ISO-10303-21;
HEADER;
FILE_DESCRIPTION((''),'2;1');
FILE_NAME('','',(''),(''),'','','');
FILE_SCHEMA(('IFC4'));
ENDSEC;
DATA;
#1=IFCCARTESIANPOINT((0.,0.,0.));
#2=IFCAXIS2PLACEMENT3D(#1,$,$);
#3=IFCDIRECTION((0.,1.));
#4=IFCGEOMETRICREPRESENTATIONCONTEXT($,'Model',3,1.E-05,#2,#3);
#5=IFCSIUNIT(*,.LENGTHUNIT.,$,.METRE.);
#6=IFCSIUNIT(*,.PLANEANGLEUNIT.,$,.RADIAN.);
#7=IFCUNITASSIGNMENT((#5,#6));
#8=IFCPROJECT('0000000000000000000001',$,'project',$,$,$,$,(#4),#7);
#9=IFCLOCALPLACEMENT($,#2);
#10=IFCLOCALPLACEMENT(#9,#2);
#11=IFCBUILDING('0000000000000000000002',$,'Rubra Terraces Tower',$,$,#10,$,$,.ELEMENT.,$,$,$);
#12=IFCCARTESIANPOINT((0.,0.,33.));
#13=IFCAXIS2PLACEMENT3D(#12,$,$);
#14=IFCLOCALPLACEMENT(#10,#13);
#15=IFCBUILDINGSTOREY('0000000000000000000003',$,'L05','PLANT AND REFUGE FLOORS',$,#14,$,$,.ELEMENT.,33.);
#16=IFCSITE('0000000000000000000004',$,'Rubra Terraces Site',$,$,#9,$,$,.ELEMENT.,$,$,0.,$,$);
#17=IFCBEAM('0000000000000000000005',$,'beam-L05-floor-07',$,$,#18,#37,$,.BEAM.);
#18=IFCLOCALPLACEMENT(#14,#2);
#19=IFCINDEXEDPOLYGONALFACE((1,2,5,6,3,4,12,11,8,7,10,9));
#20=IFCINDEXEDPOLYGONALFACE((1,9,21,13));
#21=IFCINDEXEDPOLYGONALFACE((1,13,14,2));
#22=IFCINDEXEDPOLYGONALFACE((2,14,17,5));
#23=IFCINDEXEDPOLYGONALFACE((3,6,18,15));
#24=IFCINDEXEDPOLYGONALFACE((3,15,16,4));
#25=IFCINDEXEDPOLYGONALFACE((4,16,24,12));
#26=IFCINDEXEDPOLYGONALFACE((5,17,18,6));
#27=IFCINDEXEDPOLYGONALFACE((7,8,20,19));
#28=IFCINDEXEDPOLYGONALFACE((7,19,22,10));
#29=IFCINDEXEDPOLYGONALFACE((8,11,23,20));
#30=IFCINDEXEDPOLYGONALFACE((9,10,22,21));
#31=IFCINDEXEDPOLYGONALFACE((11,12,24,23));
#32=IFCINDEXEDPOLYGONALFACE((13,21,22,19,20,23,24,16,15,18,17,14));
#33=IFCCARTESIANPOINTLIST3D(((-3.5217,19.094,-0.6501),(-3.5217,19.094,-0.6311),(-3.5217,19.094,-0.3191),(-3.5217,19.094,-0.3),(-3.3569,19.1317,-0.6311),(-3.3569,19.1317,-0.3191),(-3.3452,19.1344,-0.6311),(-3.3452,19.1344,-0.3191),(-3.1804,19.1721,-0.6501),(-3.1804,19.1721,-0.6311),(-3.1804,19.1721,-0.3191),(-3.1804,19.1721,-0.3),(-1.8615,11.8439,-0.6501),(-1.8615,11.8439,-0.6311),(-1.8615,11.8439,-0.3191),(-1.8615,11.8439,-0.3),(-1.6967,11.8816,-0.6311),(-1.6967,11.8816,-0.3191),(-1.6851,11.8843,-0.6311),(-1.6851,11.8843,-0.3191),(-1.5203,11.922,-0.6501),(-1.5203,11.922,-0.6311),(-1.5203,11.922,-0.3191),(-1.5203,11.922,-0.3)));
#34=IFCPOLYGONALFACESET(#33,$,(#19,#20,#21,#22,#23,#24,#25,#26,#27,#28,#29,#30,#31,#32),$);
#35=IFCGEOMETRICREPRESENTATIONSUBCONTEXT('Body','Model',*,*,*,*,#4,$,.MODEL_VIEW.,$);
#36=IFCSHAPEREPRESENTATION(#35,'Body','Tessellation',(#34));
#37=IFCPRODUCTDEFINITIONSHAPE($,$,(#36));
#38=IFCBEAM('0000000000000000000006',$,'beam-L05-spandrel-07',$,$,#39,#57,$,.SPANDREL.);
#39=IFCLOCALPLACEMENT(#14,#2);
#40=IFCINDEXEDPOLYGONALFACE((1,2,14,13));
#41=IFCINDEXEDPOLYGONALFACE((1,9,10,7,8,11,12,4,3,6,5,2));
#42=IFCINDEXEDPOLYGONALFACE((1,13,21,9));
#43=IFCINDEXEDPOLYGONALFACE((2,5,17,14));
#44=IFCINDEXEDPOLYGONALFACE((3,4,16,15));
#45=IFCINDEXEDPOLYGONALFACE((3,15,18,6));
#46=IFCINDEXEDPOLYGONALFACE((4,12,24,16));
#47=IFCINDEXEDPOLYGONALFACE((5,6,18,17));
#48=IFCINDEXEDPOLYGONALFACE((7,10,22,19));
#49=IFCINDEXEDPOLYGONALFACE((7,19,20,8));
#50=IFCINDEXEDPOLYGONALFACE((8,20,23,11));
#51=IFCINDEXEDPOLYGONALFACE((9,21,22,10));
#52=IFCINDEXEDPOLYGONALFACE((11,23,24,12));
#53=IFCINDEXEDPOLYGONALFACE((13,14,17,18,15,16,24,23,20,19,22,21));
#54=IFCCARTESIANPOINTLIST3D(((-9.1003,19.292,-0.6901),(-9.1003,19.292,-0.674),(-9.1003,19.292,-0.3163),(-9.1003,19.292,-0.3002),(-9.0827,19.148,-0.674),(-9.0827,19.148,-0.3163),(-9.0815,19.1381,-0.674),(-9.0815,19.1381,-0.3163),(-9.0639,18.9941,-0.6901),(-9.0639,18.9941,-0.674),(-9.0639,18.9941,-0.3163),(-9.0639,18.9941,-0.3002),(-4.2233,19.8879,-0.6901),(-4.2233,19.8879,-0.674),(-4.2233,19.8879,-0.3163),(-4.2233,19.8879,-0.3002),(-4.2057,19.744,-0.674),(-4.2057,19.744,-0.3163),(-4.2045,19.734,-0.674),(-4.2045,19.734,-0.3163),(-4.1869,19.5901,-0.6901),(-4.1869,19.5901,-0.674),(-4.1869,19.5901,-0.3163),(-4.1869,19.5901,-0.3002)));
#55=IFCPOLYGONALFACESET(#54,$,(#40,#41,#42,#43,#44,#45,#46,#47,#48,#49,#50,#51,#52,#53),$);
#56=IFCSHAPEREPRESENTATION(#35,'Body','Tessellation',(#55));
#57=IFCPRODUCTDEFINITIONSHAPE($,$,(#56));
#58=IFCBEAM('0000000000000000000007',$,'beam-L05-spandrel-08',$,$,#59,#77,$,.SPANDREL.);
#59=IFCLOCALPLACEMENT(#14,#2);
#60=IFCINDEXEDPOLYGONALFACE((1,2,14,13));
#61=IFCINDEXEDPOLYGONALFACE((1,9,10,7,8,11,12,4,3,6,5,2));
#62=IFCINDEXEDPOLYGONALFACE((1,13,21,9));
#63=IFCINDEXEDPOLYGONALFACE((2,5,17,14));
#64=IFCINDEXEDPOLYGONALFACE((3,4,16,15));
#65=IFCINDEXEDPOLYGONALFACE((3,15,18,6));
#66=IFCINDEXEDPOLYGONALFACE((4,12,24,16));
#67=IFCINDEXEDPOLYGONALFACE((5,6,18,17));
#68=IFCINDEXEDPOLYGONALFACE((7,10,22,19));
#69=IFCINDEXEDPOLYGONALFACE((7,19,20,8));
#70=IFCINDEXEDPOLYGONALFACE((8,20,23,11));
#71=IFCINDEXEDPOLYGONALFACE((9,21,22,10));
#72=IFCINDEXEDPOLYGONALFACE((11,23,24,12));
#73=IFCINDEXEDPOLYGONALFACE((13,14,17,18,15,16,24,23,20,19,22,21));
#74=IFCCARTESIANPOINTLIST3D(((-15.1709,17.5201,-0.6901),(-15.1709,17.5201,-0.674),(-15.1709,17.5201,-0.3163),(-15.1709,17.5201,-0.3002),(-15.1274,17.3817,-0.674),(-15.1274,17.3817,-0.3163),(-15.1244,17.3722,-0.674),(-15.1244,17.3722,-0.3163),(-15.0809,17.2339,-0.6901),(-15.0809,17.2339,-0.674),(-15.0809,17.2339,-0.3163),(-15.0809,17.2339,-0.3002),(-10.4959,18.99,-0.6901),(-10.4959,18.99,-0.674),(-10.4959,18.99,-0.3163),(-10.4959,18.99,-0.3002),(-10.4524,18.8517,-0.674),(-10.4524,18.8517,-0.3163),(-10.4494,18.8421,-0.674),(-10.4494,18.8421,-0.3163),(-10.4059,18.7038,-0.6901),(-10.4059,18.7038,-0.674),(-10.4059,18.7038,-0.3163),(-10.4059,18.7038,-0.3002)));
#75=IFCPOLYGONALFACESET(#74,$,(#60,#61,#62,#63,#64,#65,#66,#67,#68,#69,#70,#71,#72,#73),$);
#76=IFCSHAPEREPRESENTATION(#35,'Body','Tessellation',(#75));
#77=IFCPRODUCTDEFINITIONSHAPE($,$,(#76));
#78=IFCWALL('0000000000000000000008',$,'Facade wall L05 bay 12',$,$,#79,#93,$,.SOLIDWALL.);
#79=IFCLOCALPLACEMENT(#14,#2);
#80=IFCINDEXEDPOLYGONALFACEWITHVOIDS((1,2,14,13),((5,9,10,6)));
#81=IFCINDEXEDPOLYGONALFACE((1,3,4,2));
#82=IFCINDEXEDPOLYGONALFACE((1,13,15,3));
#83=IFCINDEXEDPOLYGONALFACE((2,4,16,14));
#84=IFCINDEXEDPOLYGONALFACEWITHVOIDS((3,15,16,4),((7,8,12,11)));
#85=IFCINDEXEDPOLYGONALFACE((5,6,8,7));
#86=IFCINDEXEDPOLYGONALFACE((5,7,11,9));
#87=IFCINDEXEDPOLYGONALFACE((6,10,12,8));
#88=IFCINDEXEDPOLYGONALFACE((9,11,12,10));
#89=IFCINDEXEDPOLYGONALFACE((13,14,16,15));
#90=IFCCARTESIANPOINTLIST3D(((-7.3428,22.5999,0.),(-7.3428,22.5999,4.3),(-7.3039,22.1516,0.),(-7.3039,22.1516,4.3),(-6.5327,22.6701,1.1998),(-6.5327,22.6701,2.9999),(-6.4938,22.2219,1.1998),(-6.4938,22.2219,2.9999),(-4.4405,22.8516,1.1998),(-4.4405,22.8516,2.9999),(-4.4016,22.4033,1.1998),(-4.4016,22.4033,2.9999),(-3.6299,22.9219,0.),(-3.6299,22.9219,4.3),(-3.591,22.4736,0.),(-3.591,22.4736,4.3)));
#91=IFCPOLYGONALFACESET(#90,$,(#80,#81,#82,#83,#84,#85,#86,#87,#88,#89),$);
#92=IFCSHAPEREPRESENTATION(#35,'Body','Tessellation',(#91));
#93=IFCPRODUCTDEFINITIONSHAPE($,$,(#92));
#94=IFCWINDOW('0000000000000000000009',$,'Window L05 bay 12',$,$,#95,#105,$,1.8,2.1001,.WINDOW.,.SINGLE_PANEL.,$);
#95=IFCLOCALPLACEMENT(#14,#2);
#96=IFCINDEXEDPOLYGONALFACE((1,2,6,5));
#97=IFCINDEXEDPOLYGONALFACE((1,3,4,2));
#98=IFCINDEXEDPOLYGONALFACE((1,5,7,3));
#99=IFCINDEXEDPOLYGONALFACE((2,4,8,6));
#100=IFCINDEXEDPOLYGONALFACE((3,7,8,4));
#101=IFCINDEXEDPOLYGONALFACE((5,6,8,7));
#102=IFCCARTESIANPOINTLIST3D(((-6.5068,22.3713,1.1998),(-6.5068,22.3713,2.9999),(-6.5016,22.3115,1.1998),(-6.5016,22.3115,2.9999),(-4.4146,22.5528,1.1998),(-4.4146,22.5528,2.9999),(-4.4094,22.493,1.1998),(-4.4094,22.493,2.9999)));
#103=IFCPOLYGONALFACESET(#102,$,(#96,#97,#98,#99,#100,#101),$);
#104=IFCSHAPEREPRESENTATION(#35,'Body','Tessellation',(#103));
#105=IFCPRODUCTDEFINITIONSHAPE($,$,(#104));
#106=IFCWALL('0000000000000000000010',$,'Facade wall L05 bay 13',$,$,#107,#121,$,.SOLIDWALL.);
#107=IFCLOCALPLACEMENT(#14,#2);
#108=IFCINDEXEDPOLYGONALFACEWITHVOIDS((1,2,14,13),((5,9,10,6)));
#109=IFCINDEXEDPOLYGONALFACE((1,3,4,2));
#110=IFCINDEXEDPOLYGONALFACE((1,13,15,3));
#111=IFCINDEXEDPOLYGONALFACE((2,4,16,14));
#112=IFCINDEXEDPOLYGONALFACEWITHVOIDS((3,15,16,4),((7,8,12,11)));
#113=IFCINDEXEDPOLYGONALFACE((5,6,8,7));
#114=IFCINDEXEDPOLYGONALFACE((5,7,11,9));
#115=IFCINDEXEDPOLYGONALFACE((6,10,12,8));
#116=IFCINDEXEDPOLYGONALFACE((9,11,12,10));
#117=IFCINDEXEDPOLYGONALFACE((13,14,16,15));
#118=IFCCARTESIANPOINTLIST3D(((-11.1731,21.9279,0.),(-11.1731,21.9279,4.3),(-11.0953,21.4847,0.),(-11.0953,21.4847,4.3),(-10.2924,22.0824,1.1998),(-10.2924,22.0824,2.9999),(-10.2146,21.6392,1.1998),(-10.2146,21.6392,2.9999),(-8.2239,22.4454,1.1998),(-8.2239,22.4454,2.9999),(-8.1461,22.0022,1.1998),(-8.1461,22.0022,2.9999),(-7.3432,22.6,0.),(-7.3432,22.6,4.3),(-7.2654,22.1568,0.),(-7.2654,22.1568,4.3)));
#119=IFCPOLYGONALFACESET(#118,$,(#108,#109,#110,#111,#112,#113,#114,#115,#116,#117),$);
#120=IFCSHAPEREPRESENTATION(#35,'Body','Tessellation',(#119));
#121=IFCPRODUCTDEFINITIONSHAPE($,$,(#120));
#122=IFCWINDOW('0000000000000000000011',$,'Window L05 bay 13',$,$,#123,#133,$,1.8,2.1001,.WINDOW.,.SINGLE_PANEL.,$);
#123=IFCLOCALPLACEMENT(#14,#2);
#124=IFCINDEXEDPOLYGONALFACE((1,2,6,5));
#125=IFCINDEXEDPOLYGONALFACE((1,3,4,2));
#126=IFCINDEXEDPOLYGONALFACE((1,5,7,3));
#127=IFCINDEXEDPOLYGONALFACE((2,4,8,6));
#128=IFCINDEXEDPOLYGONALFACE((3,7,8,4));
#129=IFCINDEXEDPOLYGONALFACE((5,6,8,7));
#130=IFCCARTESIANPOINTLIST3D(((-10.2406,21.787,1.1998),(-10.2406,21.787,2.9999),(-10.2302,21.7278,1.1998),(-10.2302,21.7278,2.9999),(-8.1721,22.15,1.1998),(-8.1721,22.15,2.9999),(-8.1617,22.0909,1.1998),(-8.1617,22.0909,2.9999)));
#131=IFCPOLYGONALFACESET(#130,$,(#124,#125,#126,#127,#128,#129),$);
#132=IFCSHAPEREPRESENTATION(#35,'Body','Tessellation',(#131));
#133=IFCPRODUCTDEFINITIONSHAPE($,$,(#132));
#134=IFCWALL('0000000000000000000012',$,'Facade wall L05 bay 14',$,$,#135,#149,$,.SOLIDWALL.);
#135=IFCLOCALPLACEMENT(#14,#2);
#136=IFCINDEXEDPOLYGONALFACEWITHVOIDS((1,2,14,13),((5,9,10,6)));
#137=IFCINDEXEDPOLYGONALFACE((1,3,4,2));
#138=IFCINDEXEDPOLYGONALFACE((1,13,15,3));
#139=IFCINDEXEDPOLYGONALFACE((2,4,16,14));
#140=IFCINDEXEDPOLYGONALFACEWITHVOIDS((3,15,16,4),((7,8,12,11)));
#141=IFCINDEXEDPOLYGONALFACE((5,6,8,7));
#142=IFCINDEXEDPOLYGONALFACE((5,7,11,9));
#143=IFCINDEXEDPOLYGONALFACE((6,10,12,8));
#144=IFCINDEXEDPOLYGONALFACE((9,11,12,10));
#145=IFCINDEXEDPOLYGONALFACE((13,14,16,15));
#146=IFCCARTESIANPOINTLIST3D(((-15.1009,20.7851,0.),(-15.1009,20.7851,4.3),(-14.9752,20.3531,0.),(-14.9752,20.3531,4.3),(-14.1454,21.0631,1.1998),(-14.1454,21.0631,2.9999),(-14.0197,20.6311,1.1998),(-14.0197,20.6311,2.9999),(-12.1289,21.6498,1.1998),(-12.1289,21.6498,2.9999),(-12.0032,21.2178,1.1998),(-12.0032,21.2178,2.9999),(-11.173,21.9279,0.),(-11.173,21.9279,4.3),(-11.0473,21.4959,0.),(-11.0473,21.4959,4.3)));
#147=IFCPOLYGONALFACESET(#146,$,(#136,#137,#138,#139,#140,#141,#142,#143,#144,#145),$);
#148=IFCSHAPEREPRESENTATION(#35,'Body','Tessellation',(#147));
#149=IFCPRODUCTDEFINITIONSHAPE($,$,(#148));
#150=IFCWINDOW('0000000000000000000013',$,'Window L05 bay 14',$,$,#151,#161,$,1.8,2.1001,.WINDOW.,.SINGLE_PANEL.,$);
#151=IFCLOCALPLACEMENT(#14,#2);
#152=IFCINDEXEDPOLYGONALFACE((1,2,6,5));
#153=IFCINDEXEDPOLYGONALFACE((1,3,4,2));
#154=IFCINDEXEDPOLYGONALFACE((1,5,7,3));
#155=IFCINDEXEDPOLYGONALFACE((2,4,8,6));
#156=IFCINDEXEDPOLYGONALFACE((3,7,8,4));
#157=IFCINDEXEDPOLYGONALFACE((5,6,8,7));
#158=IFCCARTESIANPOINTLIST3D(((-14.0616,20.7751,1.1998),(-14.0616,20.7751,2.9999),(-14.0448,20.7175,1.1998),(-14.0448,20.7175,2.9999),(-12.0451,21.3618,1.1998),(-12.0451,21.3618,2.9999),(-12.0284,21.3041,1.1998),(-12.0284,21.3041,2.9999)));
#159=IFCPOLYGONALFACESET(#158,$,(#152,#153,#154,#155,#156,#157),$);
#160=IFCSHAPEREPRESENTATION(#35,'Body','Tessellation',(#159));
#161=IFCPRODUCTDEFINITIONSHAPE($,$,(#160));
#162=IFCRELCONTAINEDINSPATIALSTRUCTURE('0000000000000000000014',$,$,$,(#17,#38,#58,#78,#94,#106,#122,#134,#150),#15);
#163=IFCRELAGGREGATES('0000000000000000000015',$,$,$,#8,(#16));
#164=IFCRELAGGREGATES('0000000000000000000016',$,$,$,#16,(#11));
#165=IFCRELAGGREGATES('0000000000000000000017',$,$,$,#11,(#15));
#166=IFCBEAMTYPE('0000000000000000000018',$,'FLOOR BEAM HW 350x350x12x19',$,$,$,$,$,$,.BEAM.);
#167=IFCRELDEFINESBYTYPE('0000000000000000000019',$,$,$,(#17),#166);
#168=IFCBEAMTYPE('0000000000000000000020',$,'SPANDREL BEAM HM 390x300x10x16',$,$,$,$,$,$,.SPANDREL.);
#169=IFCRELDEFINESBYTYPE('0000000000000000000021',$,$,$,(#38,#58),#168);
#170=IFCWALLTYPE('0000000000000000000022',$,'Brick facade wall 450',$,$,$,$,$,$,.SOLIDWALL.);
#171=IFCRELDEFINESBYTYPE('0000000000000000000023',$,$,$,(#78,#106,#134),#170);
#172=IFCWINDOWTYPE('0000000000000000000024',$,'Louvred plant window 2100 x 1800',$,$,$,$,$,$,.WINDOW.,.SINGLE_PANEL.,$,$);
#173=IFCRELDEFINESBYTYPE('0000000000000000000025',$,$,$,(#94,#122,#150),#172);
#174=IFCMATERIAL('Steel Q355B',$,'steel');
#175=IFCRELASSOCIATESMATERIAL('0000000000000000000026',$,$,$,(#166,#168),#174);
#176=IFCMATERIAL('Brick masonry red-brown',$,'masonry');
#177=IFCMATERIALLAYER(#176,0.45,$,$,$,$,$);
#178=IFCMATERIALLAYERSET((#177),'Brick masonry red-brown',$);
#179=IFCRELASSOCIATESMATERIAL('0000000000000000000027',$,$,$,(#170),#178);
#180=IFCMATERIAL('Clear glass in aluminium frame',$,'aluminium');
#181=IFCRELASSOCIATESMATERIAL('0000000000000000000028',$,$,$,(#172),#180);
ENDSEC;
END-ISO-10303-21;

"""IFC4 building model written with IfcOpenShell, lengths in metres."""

from ifc_helpers import new_model, si_unit, direction, frame, frame_2d, origin, origin_2d, place, context, subcontext, project, spatial, rectangle, i_section, extrude, material, layer, layer_set, material_profile, profile_set, type_object, element, fill, save


model = new_model("IFC4")

# Units and contexts
model_context = context("Model", 3, precision=1e-05, world=origin(), true_north=direction((0.0, 1.0)))
body_context = subcontext(model_context, "Body", "Model", "MODEL_VIEW")
ifc_project = project(units=[si_unit("LENGTHUNIT", "METRE"), si_unit("PLANEANGLEUNIT", "RADIAN")], contexts=[model_context])

# Site, building, storey
site_placement = place(None, origin())
site = spatial("IfcSite", under=ifc_project, at=site_placement, Name="Rubra Terraces Site", CompositionType="ELEMENT", RefElevation=0.0)
building_placement = place(site_placement, origin())
building = spatial("IfcBuilding", under=site, at=building_placement, Name="Rubra Terraces Tower", CompositionType="ELEMENT")
storey_placement = place(building_placement, frame((0.0, 0.0, 33.0)))
storey = spatial("IfcBuildingStorey", under=building, at=storey_placement, Name="L05", Description="PLANT AND REFUGE FLOORS", CompositionType="ELEMENT", Elevation=33.0)

# Shared definitions
ifc_material_1 = material(Name="Steel Q355B", Category="steel")

# Beams
ifc_material_profile_1 = material_profile(ifc_material_1, i_section(OverallWidth=0.3501, OverallDepth=0.3501, WebThickness=0.012, FlangeThickness=0.019, at=origin_2d()), Name="HW 350x350x12x19")
ifc_profile_set_1 = profile_set([ifc_material_profile_1], Name="Steel Q355B")
beam_type_1 = type_object("IfcBeamType", Name="FLOOR BEAM HW 350x350x12x19", PredefinedType="BEAM", material=ifc_profile_set_1)
beam_1_placement = place(storey_placement, frame((-3.3511, 19.1331, -0.4751), z_axis=(0.22321, -0.97477, 0.0), x_axis=(0.97477, 0.22321, 0.0)))
element("IfcBeam", 1, at=beam_1_placement, inside=storey, type_object=beam_type_1, Name="beam-L05-floor-07", PredefinedType="BEAM", context=body_context, shape_type="SweptSolid", body=[
    extrude(i_section(OverallWidth=0.3501, OverallDepth=0.3501, WebThickness=0.012, FlangeThickness=0.019, at=origin_2d()), origin(), (0.0, 0.0, 1.0), 7.4377),
])
ifc_material_profile_2 = material_profile(ifc_material_1, i_section(OverallWidth=0.3, OverallDepth=0.3899, WebThickness=0.01, FlangeThickness=0.0161, at=origin_2d()), Name="HM 390x300x10x16")
ifc_profile_set_2 = profile_set([ifc_material_profile_2], Name="Steel Q355B")
beam_type_2 = type_object("IfcBeamType", Name="SPANDREL BEAM HM 390x300x10x16", PredefinedType="SPANDREL", material=ifc_profile_set_2)
beam_2_placement = place(storey_placement, frame((-4.2051, 19.739, -0.4951), z_axis=(-0.992617, -0.121294, 0.0), x_axis=(0.121294, -0.992617, 0.0)))
element("IfcBeam", 2, at=beam_2_placement, inside=storey, type_object=beam_type_2, Name="beam-L05-spandrel-07", PredefinedType="SPANDREL", context=body_context, shape_type="SweptSolid", body=[
    extrude(i_section(OverallWidth=0.3, OverallDepth=0.3899, WebThickness=0.01, FlangeThickness=0.0161, at=origin_2d()), origin(), (0.0, 0.0, 1.0), 4.9133),
])
beam_3_placement = place(storey_placement, frame((-10.4509, 18.8469, -0.4951), z_axis=(-0.953955, -0.299951, 0.0), x_axis=(0.299951, -0.953955, 0.0)))
element("IfcBeam", 3, at=beam_3_placement, inside=storey, type_object=beam_type_2, Name="beam-L05-spandrel-08", PredefinedType="SPANDREL", context=body_context, shape_type="SweptSolid", body=[
    extrude(i_section(OverallWidth=0.3, OverallDepth=0.3899, WebThickness=0.01, FlangeThickness=0.0161, at=origin_2d()), origin(), (0.0, 0.0, 1.0), 4.9006),
])

# Walls, openings, windows
ifc_material_2 = material(Name="Brick masonry red-brown", Category="masonry")
ifc_layer_1 = layer(ifc_material_2, 0.45)
ifc_layer_set_1 = layer_set([ifc_layer_1], Name="Brick masonry red-brown")
wall_type_1 = type_object("IfcWallType", Name="Brick facade wall 450", PredefinedType="SOLIDWALL", material=ifc_layer_set_1)
wall_1_placement = place(storey_placement, frame((-3.6106, 22.6978, 0.0), z_axis=(0.0, 0.0, 1.0), x_axis=(-0.99626, -0.086406, 0.0)))
wall_1 = element("IfcWall", 4, at=wall_1_placement, inside=storey, type_object=wall_type_1, Name="Facade wall L05 bay 12", PredefinedType="SOLIDWALL", context=body_context, shape_type="SweptSolid", body=[
    extrude(rectangle(XDim=3.7268, YDim=0.45, at=frame_2d((1.8633, 0.0))), origin(), (0.0, 0.0, 1.0), 4.3),
])
opening_1_placement = place(wall_1_placement, frame((0.8135, 0.0, 1.2)))
opening_1 = element("IfcOpeningElement", 5, at=opening_1_placement, cuts=wall_1, PredefinedType="OPENING", context=body_context, shape_type="SweptSolid", body=[
    extrude(rectangle(XDim=2.1001, YDim=1.8, at=frame_2d((1.05, 0.8999))), frame((0.0, 0.2349, 0.0), z_axis=(0.0, -1.0, 0.0), x_axis=(1.0, 0.0, 0.0)), (0.0, 0.0, 1.0), 0.47),
])
ifc_material_3 = material(Name="Clear glass in aluminium frame", Category="aluminium")
window_type = type_object("IfcWindowType", Name="Louvred plant window 2100 x 1800", PartitioningType="SINGLE_PANEL", PredefinedType="WINDOW", material=ifc_material_3)
window_1_placement = place(opening_1_placement, origin())
window_1 = element("IfcWindow", 6, at=window_1_placement, inside=storey, type_object=window_type, Name="Window L05 bay 12", OverallHeight=1.8, OverallWidth=2.1001, PartitioningType="SINGLE_PANEL", PredefinedType="WINDOW", context=body_context, shape_type="SweptSolid", body=[
    extrude(rectangle(XDim=2.1001, YDim=1.8, at=frame_2d((1.05, 0.8999))), frame((0.0, 0.135, 0.0), z_axis=(0.0, -1.0, 0.0), x_axis=(1.0, 0.0, 0.0)), (0.0, 0.0, 1.0), 0.0601),
])
fill(opening_1, window_1)
wall_2_placement = place(storey_placement, frame((-7.3042, 22.3784, 0.0), z_axis=(0.0, 0.0, 1.0), x_axis=(-0.984947, -0.172854, 0.0)))
wall_2 = element("IfcWall", 7, at=wall_2_placement, inside=storey, type_object=wall_type_1, Name="Facade wall L05 bay 13", PredefinedType="SOLIDWALL", context=body_context, shape_type="SweptSolid", body=[
    extrude(rectangle(XDim=3.8884, YDim=0.45, at=frame_2d((1.9443, 0.0))), origin(), (0.0, 0.0, 1.0), 4.3),
])
opening_2_placement = place(wall_2_placement, frame((0.8943, 0.0, 1.2)))
opening_2 = element("IfcOpeningElement", 8, at=opening_2_placement, cuts=wall_2, PredefinedType="OPENING", context=body_context, shape_type="SweptSolid", body=[
    extrude(rectangle(XDim=2.1001, YDim=1.8, at=frame_2d((1.05, 0.8999))), frame((0.0, 0.2349, 0.0), z_axis=(0.0, -1.0, 0.0), x_axis=(1.0, 0.0, 0.0)), (0.0, 0.0, 1.0), 0.47),
])
window_2_placement = place(opening_2_placement, origin())
window_2 = element("IfcWindow", 9, at=window_2_placement, inside=storey, type_object=window_type, Name="Window L05 bay 13", OverallHeight=1.8, OverallWidth=2.1001, PartitioningType="SINGLE_PANEL", PredefinedType="WINDOW", context=body_context, shape_type="SweptSolid", body=[
    extrude(rectangle(XDim=2.1001, YDim=1.8, at=frame_2d((1.05, 0.8999))), frame((0.0, 0.135, 0.0), z_axis=(0.0, -1.0, 0.0), x_axis=(1.0, 0.0, 0.0)), (0.0, 0.0, 1.0), 0.0601),
])
fill(opening_2, window_2)
wall_3_placement = place(storey_placement, frame((-11.1101, 21.7119, 0.0), z_axis=(0.0, 0.0, 1.0), x_axis=(-0.960186, -0.279361, 0.0)))
wall_3 = element("IfcWall", 10, at=wall_3_placement, inside=storey, type_object=wall_type_1, Name="Facade wall L05 bay 14", PredefinedType="SOLIDWALL", context=body_context, shape_type="SweptSolid", body=[
    extrude(rectangle(XDim=4.0908, YDim=0.45, at=frame_2d((2.0454, 0.0))), origin(), (0.0, 0.0, 1.0), 4.3),
])
opening_3_placement = place(wall_3_placement, frame((0.9956, 0.0, 1.2)))
opening_3 = element("IfcOpeningElement", 11, at=opening_3_placement, cuts=wall_3, PredefinedType="OPENING", context=body_context, shape_type="SweptSolid", body=[
    extrude(rectangle(XDim=2.1001, YDim=1.8, at=frame_2d((1.05, 0.8999))), frame((0.0, 0.2349, 0.0), z_axis=(0.0, -1.0, 0.0), x_axis=(1.0, 0.0, 0.0)), (0.0, 0.0, 1.0), 0.47),
])
window_3_placement = place(opening_3_placement, origin())
window_3 = element("IfcWindow", 12, at=window_3_placement, inside=storey, type_object=window_type, Name="Window L05 bay 14", OverallHeight=1.8, OverallWidth=2.1001, PartitioningType="SINGLE_PANEL", PredefinedType="WINDOW", context=body_context, shape_type="SweptSolid", body=[
    extrude(rectangle(XDim=2.1001, YDim=1.8, at=frame_2d((1.05, 0.8999))), frame((0.0, 0.135, 0.0), z_axis=(0.0, -1.0, 0.0), x_axis=(1.0, 0.0, 0.0)), (0.0, 0.0, 1.0), 0.0601),
])
fill(opening_3, window_3)

save(model, "model.ifc")
